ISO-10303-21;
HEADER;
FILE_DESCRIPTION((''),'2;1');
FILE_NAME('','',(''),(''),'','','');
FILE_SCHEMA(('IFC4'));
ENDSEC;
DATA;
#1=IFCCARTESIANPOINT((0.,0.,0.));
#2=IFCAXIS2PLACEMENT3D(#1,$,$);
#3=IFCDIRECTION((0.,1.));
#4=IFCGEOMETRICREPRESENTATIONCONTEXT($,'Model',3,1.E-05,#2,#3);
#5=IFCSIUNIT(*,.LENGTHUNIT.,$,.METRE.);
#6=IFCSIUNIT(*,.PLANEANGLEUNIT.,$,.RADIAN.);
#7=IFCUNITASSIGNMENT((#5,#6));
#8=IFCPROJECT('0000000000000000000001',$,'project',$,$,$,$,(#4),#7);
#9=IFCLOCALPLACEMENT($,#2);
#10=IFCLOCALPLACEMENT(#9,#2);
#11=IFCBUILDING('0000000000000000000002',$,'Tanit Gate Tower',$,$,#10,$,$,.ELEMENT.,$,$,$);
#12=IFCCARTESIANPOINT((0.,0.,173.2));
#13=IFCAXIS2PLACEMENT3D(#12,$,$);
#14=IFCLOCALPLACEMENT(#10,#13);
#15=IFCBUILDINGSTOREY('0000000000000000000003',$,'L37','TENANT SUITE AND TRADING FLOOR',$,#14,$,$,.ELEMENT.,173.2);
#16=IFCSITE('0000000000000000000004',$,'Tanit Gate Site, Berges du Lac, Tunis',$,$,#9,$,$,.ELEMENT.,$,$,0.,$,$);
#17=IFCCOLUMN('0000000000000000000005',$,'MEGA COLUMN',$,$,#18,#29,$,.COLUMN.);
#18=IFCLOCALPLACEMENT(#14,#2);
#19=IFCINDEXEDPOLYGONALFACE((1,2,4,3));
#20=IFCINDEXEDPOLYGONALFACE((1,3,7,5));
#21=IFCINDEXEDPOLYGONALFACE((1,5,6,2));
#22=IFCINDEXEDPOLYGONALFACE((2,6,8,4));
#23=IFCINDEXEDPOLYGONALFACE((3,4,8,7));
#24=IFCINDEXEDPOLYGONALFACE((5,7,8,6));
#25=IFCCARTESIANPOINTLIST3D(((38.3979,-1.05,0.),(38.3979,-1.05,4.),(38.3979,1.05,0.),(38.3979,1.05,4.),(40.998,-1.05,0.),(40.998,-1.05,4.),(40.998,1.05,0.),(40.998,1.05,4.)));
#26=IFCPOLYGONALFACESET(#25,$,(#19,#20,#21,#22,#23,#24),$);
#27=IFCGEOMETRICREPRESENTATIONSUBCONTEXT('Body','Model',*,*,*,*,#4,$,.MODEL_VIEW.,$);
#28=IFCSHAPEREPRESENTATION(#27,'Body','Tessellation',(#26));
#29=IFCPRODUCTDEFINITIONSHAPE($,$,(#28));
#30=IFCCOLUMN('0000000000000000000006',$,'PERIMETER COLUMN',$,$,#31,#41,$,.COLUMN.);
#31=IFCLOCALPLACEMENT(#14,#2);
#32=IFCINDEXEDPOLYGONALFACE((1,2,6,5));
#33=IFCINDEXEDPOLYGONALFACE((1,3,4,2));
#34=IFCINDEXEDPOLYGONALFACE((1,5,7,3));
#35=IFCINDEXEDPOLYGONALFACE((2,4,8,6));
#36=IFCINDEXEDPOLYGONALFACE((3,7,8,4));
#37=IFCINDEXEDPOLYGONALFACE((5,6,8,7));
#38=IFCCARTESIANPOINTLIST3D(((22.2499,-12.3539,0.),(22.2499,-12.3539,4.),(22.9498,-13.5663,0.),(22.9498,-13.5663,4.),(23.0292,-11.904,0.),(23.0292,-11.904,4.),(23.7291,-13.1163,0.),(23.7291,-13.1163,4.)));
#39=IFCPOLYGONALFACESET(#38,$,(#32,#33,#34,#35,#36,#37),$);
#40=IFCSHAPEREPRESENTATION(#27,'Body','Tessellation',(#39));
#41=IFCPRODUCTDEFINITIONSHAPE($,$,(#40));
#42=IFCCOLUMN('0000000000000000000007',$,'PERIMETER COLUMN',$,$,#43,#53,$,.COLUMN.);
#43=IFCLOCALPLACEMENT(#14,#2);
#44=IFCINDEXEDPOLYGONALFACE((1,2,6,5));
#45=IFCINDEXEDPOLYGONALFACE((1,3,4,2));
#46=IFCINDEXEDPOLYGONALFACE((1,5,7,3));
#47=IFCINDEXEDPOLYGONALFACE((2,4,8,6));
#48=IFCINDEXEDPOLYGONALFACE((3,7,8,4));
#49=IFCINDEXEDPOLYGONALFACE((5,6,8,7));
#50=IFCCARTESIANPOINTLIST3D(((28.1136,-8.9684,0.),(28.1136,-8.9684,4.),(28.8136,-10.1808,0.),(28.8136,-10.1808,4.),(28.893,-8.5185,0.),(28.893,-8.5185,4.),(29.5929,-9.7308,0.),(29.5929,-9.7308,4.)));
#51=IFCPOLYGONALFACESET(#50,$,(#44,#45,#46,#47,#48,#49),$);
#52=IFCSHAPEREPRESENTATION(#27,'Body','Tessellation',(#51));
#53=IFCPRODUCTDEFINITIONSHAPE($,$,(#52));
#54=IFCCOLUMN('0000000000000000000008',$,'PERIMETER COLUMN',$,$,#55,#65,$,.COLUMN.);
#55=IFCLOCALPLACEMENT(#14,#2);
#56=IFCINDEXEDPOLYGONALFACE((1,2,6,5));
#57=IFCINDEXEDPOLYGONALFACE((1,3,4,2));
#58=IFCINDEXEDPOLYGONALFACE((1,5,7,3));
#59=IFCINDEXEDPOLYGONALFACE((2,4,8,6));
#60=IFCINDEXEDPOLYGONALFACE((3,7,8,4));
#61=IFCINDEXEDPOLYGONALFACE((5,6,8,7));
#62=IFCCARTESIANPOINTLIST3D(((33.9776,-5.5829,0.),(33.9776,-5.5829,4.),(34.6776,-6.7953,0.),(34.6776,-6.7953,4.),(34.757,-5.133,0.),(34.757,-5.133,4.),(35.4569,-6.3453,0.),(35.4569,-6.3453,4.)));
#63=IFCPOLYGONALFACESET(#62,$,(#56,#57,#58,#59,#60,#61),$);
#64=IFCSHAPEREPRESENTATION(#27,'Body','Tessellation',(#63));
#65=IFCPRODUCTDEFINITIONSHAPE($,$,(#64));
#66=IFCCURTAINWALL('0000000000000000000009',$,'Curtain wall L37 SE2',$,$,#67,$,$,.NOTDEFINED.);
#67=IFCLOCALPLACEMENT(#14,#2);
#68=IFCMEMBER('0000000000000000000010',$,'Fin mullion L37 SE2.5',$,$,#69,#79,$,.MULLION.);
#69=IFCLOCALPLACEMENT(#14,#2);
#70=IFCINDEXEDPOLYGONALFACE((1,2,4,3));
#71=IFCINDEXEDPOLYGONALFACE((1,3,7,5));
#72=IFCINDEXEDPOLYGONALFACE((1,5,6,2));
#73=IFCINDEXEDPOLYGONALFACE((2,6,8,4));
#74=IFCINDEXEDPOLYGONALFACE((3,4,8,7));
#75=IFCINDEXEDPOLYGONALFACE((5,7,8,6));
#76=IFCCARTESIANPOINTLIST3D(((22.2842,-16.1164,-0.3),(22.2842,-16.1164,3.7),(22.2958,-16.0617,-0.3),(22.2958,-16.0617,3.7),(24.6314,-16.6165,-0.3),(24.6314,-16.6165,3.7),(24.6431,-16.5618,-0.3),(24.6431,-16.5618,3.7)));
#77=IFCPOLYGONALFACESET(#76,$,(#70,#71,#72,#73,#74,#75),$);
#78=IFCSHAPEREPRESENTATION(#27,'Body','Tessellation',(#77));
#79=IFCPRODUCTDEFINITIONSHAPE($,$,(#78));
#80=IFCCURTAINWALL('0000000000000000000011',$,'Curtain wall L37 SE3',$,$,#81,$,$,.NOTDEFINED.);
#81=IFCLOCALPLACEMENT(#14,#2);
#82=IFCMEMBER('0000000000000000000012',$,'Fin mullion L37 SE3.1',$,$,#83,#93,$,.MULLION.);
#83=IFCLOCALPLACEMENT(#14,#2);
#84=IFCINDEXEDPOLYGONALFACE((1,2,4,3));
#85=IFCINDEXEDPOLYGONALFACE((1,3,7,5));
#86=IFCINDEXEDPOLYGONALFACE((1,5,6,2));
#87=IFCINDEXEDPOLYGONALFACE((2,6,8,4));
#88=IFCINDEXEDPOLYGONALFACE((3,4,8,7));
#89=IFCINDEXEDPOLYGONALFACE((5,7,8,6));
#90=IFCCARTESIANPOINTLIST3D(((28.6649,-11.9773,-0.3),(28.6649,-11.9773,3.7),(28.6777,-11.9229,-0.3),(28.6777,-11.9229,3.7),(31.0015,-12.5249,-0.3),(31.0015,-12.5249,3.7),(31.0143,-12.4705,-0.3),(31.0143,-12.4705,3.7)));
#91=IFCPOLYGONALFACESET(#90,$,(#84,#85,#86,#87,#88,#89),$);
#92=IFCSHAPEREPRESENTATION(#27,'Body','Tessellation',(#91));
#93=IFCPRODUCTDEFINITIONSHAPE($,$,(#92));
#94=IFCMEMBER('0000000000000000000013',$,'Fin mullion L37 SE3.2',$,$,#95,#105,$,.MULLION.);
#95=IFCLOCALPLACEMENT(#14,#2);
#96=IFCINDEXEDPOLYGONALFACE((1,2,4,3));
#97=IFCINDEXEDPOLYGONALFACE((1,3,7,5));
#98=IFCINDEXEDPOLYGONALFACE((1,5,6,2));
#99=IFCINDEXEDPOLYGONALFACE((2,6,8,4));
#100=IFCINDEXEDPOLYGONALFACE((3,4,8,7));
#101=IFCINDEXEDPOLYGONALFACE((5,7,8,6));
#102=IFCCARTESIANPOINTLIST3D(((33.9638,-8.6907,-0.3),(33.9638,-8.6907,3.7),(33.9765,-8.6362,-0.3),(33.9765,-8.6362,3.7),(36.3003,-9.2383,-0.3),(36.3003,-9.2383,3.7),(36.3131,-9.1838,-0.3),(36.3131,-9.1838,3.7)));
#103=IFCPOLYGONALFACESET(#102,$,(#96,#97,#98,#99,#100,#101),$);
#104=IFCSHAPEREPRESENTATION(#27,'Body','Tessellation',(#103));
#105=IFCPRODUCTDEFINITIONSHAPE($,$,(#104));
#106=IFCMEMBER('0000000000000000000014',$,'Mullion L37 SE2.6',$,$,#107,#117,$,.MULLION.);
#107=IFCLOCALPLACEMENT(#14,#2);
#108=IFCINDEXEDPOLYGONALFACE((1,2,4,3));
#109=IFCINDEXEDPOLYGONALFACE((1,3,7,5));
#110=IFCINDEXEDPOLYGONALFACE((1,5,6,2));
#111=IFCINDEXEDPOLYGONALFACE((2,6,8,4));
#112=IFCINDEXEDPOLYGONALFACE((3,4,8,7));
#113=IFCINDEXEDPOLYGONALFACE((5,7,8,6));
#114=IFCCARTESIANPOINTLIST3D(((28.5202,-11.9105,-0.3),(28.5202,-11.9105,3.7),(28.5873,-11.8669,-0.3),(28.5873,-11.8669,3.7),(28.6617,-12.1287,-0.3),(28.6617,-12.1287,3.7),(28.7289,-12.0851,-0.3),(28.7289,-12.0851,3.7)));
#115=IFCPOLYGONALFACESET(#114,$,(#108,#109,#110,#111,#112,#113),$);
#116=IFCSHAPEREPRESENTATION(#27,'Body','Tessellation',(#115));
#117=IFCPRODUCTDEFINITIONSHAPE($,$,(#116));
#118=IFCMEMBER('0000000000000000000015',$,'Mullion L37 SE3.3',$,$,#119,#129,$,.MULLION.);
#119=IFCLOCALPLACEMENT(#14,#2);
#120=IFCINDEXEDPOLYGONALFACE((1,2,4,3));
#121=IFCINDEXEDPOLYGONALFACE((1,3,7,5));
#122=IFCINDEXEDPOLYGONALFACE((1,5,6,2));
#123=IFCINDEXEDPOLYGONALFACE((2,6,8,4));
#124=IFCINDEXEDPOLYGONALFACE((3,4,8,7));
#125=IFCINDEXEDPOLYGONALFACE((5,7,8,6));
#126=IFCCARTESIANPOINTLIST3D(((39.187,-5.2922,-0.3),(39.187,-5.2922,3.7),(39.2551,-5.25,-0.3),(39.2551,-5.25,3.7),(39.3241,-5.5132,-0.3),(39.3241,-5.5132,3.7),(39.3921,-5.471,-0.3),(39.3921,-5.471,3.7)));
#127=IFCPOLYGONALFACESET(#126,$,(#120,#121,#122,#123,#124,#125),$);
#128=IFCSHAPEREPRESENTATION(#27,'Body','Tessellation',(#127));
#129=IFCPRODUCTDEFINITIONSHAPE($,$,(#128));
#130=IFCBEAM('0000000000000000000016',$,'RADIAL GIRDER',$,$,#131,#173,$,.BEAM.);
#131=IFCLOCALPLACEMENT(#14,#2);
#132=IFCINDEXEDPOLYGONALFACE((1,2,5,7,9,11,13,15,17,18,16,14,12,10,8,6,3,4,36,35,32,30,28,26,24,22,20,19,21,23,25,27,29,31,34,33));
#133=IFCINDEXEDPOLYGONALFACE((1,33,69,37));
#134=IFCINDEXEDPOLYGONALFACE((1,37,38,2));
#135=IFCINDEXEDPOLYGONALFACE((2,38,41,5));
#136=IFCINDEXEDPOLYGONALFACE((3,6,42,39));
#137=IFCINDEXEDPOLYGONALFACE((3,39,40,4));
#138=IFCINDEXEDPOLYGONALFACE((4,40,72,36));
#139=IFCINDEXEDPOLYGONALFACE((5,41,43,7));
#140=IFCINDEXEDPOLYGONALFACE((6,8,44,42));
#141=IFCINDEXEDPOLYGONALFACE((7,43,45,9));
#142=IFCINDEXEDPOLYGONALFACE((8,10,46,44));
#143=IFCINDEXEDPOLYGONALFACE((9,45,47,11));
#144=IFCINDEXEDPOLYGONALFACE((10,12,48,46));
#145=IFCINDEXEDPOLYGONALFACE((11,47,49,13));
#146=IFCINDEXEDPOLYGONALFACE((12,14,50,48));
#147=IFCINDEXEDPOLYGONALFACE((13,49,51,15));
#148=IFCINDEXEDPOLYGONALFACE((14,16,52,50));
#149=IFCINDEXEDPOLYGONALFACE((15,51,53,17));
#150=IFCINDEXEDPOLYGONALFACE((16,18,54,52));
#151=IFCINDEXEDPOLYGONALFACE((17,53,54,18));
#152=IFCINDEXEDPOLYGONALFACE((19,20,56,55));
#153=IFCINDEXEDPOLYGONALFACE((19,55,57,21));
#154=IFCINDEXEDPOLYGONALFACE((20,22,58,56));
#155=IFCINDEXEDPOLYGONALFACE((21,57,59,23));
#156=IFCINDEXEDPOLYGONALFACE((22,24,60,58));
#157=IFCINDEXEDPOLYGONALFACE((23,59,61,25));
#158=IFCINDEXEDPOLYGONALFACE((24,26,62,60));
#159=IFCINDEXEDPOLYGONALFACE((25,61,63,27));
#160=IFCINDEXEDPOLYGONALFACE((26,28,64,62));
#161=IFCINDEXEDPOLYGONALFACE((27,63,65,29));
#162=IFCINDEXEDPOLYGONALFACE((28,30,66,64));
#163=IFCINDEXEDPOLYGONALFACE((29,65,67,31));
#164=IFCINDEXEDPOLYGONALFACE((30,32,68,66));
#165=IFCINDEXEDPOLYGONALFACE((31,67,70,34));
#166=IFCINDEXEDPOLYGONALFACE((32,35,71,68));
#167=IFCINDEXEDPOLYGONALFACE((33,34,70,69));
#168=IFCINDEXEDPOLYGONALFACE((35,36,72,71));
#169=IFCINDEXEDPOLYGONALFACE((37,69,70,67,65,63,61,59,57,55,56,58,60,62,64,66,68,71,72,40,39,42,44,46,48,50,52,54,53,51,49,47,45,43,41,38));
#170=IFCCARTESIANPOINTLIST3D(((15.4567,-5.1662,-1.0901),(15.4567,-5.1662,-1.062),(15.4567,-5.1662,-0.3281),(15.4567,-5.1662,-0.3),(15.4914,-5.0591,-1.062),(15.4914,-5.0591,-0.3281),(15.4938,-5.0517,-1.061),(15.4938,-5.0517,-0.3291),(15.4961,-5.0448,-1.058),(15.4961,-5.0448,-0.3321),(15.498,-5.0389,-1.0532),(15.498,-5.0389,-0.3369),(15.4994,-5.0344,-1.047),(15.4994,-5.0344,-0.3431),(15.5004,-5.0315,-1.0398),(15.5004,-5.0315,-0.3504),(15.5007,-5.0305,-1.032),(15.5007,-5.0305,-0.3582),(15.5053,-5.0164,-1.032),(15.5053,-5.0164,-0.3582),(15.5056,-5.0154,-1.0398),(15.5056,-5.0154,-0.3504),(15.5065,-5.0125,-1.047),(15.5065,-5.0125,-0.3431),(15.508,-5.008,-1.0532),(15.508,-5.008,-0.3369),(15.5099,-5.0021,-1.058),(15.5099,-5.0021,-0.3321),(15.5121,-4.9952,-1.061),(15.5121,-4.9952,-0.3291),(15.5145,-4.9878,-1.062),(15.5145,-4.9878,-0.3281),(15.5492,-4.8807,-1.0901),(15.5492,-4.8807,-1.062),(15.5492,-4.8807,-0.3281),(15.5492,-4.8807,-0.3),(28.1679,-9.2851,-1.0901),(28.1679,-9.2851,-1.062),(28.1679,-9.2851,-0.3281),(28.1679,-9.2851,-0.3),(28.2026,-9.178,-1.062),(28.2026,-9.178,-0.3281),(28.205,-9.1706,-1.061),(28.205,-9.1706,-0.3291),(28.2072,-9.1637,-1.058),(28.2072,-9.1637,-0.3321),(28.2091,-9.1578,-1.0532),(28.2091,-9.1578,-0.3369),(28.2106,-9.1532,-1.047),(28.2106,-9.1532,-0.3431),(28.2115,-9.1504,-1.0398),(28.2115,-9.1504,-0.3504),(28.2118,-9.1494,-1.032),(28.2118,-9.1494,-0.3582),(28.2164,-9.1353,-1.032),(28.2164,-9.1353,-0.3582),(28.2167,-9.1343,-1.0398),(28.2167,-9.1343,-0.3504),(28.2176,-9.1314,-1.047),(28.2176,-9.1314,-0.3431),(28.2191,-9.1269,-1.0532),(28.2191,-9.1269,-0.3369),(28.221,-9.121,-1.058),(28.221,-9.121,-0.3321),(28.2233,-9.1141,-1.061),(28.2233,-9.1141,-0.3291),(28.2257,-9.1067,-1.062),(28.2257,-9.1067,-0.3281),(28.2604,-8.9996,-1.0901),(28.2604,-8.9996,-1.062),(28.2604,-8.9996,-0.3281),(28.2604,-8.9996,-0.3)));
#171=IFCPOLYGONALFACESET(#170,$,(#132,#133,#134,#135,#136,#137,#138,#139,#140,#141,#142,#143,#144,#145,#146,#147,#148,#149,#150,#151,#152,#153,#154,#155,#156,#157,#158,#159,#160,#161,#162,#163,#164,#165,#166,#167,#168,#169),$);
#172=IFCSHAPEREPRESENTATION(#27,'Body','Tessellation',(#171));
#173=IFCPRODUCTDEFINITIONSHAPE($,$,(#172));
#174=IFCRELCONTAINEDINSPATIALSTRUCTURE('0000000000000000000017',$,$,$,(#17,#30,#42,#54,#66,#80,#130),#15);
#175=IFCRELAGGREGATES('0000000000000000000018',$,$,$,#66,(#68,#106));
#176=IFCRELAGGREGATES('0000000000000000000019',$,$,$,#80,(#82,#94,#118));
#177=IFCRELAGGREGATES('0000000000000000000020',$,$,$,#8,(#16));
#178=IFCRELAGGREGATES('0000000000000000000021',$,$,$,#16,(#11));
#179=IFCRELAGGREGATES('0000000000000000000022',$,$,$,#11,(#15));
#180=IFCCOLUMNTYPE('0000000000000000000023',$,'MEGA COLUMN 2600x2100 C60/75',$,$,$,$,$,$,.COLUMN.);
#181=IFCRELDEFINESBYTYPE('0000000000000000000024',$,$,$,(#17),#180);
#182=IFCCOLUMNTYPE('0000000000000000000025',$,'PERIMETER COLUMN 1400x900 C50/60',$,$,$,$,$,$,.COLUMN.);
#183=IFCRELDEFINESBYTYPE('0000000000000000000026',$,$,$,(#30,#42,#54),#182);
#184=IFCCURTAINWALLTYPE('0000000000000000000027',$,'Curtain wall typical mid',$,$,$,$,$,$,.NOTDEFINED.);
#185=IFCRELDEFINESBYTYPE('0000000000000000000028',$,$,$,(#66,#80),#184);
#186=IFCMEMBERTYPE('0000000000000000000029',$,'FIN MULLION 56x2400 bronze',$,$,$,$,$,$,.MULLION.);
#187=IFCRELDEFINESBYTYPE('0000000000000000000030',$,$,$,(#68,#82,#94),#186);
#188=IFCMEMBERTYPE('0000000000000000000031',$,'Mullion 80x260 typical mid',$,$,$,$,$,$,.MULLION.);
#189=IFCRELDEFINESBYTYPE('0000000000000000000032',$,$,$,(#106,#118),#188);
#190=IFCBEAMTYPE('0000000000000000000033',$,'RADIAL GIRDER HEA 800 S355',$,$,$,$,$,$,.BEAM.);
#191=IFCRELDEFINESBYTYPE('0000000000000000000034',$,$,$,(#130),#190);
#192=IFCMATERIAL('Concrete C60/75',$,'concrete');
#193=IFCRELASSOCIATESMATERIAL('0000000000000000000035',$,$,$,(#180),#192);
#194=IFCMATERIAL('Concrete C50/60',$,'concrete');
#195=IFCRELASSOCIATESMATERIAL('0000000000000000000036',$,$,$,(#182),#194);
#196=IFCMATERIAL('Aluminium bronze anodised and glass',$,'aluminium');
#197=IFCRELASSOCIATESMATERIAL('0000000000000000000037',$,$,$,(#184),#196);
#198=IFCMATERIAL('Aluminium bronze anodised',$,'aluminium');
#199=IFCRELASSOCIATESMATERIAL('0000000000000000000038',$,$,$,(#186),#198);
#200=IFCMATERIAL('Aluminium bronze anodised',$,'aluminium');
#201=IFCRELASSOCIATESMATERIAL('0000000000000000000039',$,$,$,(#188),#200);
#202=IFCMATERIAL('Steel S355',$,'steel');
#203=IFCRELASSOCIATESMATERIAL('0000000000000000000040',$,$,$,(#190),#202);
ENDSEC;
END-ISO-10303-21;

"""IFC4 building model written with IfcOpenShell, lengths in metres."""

from ifc_helpers import new_model, si_unit, direction, frame, origin, origin_2d, place, context, subcontext, project, spatial, rectangle, i_section, extrude, material, material_profile, profile_set, type_object, element, aggregate, save


model = new_model("IFC4")

# Units and contexts
model_context = context("Model", 3, precision=1e-05, world=origin(), true_north=direction((0.0, 1.0)))
body_context = subcontext(model_context, "Body", "Model", "MODEL_VIEW")
ifc_project = project(units=[si_unit("LENGTHUNIT", "METRE"), si_unit("PLANEANGLEUNIT", "RADIAN")], contexts=[model_context])

# Site, building, storey
site_placement = place(None, origin())
site = spatial("IfcSite", under=ifc_project, at=site_placement, Name="Tanit Gate Site, Berges du Lac, Tunis", CompositionType="ELEMENT", RefElevation=0.0)
building_placement = place(site_placement, origin())
building = spatial("IfcBuilding", under=site, at=building_placement, Name="Tanit Gate Tower", CompositionType="ELEMENT")
storey_placement = place(building_placement, frame((0.0, 0.0, 173.2)))
storey = spatial("IfcBuildingStorey", under=building, at=storey_placement, Name="L37", Description="TENANT SUITE AND TRADING FLOOR", CompositionType="ELEMENT", Elevation=173.2)

# Columns
ifc_material_1 = material(Name="Concrete C60/75", Category="concrete")
ifc_material_profile_1 = material_profile(ifc_material_1, rectangle(XDim=2.6001, YDim=2.1001, at=origin_2d()), Name="RC 2600x2100")
ifc_profile_set_1 = profile_set([ifc_material_profile_1], Name="Concrete C60/75")
column_type_1 = type_object("IfcColumnType", Name="MEGA COLUMN 2600x2100 C60/75", PredefinedType="COLUMN", material=ifc_profile_set_1)
column_placement = place(storey_placement, frame((39.698, 0.0, 0.0), z_axis=(0.0, 0.0, 1.0), x_axis=(1.0, 0.0, 0.0)))
element("IfcColumn", 1, at=column_placement, inside=storey, type_object=column_type_1, Name="MEGA COLUMN", PredefinedType="COLUMN", context=body_context, shape_type="SweptSolid", body=[
    extrude(rectangle(XDim=2.6001, YDim=2.1001, at=origin_2d()), origin(), (0.0, 0.0, 1.0), 4.0),
])
ifc_material_2 = material(Name="Concrete C50/60", Category="concrete")
ifc_material_profile_2 = material_profile(ifc_material_2, rectangle(XDim=1.3999, YDim=0.8999, at=origin_2d()), Name="RC 1400x900")
ifc_profile_set_2 = profile_set([ifc_material_profile_2], Name="Concrete C50/60")
column_type_2 = type_object("IfcColumnType", Name="PERIMETER COLUMN 1400x900 C50/60", PredefinedType="COLUMN", material=ifc_profile_set_2)
for number, where, z_axis, x_axis, name in (
    (2, (22.9895, -12.7351, 0.0), (0.0, 0.0, 1.0), (0.5, -0.866025, 0.0), "PERIMETER COLUMN"),
    (3, (28.8533, -9.3496, 0.0), (0.0, 0.0, 1.0), (0.5, -0.866025, 0.0), "PERIMETER COLUMN"),
    (4, (34.7173, -5.9641, 0.0), (0.0, 0.0, 1.0), (0.5, -0.866025, 0.0), "PERIMETER COLUMN"),
):
    element("IfcColumn", number, at=place(storey_placement, frame(where, z_axis=z_axis, x_axis=x_axis)), inside=storey, type_object=column_type_2, Name=name, PredefinedType="COLUMN", context=body_context, shape_type="SweptSolid", body=[
        extrude(rectangle(XDim=1.3999, YDim=0.8999, at=origin_2d()), origin(), (0.0, 0.0, 1.0), 4.0),
    ])

# Curtain wall, member
ifc_material_3 = material(Name="Aluminium bronze anodised and glass", Category="aluminium")
curtain_wall_type = type_object("IfcCurtainWallType", Name="Curtain wall typical mid", PredefinedType="NOTDEFINED", material=ifc_material_3)
curtain_wall_1_placement = place(storey_placement, origin())
curtain_wall_1 = element("IfcCurtainWall", 5, at=curtain_wall_1_placement, inside=storey, type_object=curtain_wall_type, Name="Curtain wall L37 SE2", PredefinedType="NOTDEFINED")
ifc_material_4 = material(Name="Aluminium bronze anodised", Category="aluminium")
ifc_material_profile_3 = material_profile(ifc_material_4, rectangle(XDim=2.3999, YDim=0.0559, at=origin_2d()), Name="56x2400 bronze fin mullion")
ifc_profile_set_3 = profile_set([ifc_material_profile_3], Name="Aluminium bronze anodised")
member_type_1 = type_object("IfcMemberType", Name="FIN MULLION 56x2400 bronze", PredefinedType="MULLION", material=ifc_profile_set_3)
member_1_placement = place(storey_placement, frame((23.4636, -16.3391, -0.3), z_axis=(0.0, 0.0, 1.0), x_axis=(-0.978049, 0.208373, 0.0)))
member_1 = element("IfcMember", 6, at=member_1_placement, type_object=member_type_1, Name="Fin mullion L37 SE2.5", PredefinedType="MULLION", context=body_context, shape_type="SweptSolid", body=[
    extrude(rectangle(XDim=2.3999, YDim=0.0559, at=origin_2d()), origin(), (0.0, 0.0, 1.0), 4.0),
])

# Curtain wall, members
curtain_wall_2_placement = place(storey_placement, origin())
curtain_wall_2 = element("IfcCurtainWall", 7, at=curtain_wall_2_placement, inside=storey, type_object=curtain_wall_type, Name="Curtain wall L37 SE3", PredefinedType="NOTDEFINED")
member_2_placement = place(storey_placement, frame((29.8396, -12.2239, -0.3), z_axis=(0.0, 0.0, 1.0), x_axis=(-0.973618, 0.228184, 0.0)))
member_2 = element("IfcMember", 8, at=member_2_placement, type_object=member_type_1, Name="Fin mullion L37 SE3.1", PredefinedType="MULLION", context=body_context, shape_type="SweptSolid", body=[
    extrude(rectangle(XDim=2.3999, YDim=0.0559, at=origin_2d()), origin(), (0.0, 0.0, 1.0), 4.0),
])
member_3_placement = place(storey_placement, frame((35.1384, -8.9373, -0.3), z_axis=(0.0, 0.0, 1.0), x_axis=(-0.973618, 0.228184, 0.0)))
member_3 = element("IfcMember", 9, at=member_3_placement, type_object=member_type_1, Name="Fin mullion L37 SE3.2", PredefinedType="MULLION", context=body_context, shape_type="SweptSolid", body=[
    extrude(rectangle(XDim=2.3999, YDim=0.0559, at=origin_2d()), origin(), (0.0, 0.0, 1.0), 4.0),
])

# Members
ifc_material_5 = material(Name="Aluminium bronze anodised", Category="aluminium")
ifc_material_profile_4 = material_profile(ifc_material_5, rectangle(XDim=0.26, YDim=0.0801, at=origin_2d()), Name="80x260 bronze mullion")
ifc_profile_set_4 = profile_set([ifc_material_profile_4], Name="Aluminium bronze anodised")
member_type_2 = type_object("IfcMemberType", Name="Mullion 80x260 typical mid", PredefinedType="MULLION", material=ifc_profile_set_4)
member_4_placement = place(storey_placement, frame((28.6245, -11.9978, -0.3), z_axis=(0.0, 0.0, 1.0), x_axis=(-0.544243, 0.838927, 0.0)))
member_4 = element("IfcMember", 10, at=member_4_placement, type_object=member_type_2, Name="Mullion L37 SE2.6", PredefinedType="MULLION", context=body_context, shape_type="SweptSolid", body=[
    extrude(rectangle(XDim=0.26, YDim=0.0801, at=origin_2d()), origin(), (0.0, 0.0, 1.0), 4.0),
])
member_5_placement = place(storey_placement, frame((39.2896, -5.3816, -0.3), z_axis=(0.0, 0.0, 1.0), x_axis=(-0.527102, 0.849802, 0.0)))
member_5 = element("IfcMember", 11, at=member_5_placement, type_object=member_type_2, Name="Mullion L37 SE3.3", PredefinedType="MULLION", context=body_context, shape_type="SweptSolid", body=[
    extrude(rectangle(XDim=0.26, YDim=0.0801, at=origin_2d()), origin(), (0.0, 0.0, 1.0), 4.0),
])

# Beam
ifc_material_6 = material(Name="Steel S355", Category="steel")
ifc_material_profile_5 = material_profile(ifc_material_6, i_section(OverallWidth=0.3, OverallDepth=0.79, WebThickness=0.0149, FlangeThickness=0.0281, FilletRadius=0.03, at=origin_2d()), Name="HEA 800")
ifc_profile_set_5 = profile_set([ifc_material_profile_5], Name="Steel S355")
beam_type_1 = type_object("IfcBeamType", Name="RADIAL GIRDER HEA 800 S355", PredefinedType="BEAM", material=ifc_profile_set_5)
beam_1_placement = place(storey_placement, frame((28.2141, -9.1423, -0.6951), z_axis=(-0.951303, 0.308258, 0.0), x_axis=(-0.308258, -0.951303, 0.0)))
element("IfcBeam", 12, at=beam_1_placement, inside=storey, type_object=beam_type_1, Name="RADIAL GIRDER", PredefinedType="BEAM", context=body_context, shape_type="SweptSolid", body=[
    extrude(i_section(OverallWidth=0.3, OverallDepth=0.79, WebThickness=0.0149, FlangeThickness=0.0281, FilletRadius=0.03, at=origin_2d()), origin(), (0.0, 0.0, 1.0), 13.3618),
])

aggregate(curtain_wall_1, [member_1, member_4])
aggregate(curtain_wall_2, [member_2, member_3, member_5])

save(model, "model.ifc")
